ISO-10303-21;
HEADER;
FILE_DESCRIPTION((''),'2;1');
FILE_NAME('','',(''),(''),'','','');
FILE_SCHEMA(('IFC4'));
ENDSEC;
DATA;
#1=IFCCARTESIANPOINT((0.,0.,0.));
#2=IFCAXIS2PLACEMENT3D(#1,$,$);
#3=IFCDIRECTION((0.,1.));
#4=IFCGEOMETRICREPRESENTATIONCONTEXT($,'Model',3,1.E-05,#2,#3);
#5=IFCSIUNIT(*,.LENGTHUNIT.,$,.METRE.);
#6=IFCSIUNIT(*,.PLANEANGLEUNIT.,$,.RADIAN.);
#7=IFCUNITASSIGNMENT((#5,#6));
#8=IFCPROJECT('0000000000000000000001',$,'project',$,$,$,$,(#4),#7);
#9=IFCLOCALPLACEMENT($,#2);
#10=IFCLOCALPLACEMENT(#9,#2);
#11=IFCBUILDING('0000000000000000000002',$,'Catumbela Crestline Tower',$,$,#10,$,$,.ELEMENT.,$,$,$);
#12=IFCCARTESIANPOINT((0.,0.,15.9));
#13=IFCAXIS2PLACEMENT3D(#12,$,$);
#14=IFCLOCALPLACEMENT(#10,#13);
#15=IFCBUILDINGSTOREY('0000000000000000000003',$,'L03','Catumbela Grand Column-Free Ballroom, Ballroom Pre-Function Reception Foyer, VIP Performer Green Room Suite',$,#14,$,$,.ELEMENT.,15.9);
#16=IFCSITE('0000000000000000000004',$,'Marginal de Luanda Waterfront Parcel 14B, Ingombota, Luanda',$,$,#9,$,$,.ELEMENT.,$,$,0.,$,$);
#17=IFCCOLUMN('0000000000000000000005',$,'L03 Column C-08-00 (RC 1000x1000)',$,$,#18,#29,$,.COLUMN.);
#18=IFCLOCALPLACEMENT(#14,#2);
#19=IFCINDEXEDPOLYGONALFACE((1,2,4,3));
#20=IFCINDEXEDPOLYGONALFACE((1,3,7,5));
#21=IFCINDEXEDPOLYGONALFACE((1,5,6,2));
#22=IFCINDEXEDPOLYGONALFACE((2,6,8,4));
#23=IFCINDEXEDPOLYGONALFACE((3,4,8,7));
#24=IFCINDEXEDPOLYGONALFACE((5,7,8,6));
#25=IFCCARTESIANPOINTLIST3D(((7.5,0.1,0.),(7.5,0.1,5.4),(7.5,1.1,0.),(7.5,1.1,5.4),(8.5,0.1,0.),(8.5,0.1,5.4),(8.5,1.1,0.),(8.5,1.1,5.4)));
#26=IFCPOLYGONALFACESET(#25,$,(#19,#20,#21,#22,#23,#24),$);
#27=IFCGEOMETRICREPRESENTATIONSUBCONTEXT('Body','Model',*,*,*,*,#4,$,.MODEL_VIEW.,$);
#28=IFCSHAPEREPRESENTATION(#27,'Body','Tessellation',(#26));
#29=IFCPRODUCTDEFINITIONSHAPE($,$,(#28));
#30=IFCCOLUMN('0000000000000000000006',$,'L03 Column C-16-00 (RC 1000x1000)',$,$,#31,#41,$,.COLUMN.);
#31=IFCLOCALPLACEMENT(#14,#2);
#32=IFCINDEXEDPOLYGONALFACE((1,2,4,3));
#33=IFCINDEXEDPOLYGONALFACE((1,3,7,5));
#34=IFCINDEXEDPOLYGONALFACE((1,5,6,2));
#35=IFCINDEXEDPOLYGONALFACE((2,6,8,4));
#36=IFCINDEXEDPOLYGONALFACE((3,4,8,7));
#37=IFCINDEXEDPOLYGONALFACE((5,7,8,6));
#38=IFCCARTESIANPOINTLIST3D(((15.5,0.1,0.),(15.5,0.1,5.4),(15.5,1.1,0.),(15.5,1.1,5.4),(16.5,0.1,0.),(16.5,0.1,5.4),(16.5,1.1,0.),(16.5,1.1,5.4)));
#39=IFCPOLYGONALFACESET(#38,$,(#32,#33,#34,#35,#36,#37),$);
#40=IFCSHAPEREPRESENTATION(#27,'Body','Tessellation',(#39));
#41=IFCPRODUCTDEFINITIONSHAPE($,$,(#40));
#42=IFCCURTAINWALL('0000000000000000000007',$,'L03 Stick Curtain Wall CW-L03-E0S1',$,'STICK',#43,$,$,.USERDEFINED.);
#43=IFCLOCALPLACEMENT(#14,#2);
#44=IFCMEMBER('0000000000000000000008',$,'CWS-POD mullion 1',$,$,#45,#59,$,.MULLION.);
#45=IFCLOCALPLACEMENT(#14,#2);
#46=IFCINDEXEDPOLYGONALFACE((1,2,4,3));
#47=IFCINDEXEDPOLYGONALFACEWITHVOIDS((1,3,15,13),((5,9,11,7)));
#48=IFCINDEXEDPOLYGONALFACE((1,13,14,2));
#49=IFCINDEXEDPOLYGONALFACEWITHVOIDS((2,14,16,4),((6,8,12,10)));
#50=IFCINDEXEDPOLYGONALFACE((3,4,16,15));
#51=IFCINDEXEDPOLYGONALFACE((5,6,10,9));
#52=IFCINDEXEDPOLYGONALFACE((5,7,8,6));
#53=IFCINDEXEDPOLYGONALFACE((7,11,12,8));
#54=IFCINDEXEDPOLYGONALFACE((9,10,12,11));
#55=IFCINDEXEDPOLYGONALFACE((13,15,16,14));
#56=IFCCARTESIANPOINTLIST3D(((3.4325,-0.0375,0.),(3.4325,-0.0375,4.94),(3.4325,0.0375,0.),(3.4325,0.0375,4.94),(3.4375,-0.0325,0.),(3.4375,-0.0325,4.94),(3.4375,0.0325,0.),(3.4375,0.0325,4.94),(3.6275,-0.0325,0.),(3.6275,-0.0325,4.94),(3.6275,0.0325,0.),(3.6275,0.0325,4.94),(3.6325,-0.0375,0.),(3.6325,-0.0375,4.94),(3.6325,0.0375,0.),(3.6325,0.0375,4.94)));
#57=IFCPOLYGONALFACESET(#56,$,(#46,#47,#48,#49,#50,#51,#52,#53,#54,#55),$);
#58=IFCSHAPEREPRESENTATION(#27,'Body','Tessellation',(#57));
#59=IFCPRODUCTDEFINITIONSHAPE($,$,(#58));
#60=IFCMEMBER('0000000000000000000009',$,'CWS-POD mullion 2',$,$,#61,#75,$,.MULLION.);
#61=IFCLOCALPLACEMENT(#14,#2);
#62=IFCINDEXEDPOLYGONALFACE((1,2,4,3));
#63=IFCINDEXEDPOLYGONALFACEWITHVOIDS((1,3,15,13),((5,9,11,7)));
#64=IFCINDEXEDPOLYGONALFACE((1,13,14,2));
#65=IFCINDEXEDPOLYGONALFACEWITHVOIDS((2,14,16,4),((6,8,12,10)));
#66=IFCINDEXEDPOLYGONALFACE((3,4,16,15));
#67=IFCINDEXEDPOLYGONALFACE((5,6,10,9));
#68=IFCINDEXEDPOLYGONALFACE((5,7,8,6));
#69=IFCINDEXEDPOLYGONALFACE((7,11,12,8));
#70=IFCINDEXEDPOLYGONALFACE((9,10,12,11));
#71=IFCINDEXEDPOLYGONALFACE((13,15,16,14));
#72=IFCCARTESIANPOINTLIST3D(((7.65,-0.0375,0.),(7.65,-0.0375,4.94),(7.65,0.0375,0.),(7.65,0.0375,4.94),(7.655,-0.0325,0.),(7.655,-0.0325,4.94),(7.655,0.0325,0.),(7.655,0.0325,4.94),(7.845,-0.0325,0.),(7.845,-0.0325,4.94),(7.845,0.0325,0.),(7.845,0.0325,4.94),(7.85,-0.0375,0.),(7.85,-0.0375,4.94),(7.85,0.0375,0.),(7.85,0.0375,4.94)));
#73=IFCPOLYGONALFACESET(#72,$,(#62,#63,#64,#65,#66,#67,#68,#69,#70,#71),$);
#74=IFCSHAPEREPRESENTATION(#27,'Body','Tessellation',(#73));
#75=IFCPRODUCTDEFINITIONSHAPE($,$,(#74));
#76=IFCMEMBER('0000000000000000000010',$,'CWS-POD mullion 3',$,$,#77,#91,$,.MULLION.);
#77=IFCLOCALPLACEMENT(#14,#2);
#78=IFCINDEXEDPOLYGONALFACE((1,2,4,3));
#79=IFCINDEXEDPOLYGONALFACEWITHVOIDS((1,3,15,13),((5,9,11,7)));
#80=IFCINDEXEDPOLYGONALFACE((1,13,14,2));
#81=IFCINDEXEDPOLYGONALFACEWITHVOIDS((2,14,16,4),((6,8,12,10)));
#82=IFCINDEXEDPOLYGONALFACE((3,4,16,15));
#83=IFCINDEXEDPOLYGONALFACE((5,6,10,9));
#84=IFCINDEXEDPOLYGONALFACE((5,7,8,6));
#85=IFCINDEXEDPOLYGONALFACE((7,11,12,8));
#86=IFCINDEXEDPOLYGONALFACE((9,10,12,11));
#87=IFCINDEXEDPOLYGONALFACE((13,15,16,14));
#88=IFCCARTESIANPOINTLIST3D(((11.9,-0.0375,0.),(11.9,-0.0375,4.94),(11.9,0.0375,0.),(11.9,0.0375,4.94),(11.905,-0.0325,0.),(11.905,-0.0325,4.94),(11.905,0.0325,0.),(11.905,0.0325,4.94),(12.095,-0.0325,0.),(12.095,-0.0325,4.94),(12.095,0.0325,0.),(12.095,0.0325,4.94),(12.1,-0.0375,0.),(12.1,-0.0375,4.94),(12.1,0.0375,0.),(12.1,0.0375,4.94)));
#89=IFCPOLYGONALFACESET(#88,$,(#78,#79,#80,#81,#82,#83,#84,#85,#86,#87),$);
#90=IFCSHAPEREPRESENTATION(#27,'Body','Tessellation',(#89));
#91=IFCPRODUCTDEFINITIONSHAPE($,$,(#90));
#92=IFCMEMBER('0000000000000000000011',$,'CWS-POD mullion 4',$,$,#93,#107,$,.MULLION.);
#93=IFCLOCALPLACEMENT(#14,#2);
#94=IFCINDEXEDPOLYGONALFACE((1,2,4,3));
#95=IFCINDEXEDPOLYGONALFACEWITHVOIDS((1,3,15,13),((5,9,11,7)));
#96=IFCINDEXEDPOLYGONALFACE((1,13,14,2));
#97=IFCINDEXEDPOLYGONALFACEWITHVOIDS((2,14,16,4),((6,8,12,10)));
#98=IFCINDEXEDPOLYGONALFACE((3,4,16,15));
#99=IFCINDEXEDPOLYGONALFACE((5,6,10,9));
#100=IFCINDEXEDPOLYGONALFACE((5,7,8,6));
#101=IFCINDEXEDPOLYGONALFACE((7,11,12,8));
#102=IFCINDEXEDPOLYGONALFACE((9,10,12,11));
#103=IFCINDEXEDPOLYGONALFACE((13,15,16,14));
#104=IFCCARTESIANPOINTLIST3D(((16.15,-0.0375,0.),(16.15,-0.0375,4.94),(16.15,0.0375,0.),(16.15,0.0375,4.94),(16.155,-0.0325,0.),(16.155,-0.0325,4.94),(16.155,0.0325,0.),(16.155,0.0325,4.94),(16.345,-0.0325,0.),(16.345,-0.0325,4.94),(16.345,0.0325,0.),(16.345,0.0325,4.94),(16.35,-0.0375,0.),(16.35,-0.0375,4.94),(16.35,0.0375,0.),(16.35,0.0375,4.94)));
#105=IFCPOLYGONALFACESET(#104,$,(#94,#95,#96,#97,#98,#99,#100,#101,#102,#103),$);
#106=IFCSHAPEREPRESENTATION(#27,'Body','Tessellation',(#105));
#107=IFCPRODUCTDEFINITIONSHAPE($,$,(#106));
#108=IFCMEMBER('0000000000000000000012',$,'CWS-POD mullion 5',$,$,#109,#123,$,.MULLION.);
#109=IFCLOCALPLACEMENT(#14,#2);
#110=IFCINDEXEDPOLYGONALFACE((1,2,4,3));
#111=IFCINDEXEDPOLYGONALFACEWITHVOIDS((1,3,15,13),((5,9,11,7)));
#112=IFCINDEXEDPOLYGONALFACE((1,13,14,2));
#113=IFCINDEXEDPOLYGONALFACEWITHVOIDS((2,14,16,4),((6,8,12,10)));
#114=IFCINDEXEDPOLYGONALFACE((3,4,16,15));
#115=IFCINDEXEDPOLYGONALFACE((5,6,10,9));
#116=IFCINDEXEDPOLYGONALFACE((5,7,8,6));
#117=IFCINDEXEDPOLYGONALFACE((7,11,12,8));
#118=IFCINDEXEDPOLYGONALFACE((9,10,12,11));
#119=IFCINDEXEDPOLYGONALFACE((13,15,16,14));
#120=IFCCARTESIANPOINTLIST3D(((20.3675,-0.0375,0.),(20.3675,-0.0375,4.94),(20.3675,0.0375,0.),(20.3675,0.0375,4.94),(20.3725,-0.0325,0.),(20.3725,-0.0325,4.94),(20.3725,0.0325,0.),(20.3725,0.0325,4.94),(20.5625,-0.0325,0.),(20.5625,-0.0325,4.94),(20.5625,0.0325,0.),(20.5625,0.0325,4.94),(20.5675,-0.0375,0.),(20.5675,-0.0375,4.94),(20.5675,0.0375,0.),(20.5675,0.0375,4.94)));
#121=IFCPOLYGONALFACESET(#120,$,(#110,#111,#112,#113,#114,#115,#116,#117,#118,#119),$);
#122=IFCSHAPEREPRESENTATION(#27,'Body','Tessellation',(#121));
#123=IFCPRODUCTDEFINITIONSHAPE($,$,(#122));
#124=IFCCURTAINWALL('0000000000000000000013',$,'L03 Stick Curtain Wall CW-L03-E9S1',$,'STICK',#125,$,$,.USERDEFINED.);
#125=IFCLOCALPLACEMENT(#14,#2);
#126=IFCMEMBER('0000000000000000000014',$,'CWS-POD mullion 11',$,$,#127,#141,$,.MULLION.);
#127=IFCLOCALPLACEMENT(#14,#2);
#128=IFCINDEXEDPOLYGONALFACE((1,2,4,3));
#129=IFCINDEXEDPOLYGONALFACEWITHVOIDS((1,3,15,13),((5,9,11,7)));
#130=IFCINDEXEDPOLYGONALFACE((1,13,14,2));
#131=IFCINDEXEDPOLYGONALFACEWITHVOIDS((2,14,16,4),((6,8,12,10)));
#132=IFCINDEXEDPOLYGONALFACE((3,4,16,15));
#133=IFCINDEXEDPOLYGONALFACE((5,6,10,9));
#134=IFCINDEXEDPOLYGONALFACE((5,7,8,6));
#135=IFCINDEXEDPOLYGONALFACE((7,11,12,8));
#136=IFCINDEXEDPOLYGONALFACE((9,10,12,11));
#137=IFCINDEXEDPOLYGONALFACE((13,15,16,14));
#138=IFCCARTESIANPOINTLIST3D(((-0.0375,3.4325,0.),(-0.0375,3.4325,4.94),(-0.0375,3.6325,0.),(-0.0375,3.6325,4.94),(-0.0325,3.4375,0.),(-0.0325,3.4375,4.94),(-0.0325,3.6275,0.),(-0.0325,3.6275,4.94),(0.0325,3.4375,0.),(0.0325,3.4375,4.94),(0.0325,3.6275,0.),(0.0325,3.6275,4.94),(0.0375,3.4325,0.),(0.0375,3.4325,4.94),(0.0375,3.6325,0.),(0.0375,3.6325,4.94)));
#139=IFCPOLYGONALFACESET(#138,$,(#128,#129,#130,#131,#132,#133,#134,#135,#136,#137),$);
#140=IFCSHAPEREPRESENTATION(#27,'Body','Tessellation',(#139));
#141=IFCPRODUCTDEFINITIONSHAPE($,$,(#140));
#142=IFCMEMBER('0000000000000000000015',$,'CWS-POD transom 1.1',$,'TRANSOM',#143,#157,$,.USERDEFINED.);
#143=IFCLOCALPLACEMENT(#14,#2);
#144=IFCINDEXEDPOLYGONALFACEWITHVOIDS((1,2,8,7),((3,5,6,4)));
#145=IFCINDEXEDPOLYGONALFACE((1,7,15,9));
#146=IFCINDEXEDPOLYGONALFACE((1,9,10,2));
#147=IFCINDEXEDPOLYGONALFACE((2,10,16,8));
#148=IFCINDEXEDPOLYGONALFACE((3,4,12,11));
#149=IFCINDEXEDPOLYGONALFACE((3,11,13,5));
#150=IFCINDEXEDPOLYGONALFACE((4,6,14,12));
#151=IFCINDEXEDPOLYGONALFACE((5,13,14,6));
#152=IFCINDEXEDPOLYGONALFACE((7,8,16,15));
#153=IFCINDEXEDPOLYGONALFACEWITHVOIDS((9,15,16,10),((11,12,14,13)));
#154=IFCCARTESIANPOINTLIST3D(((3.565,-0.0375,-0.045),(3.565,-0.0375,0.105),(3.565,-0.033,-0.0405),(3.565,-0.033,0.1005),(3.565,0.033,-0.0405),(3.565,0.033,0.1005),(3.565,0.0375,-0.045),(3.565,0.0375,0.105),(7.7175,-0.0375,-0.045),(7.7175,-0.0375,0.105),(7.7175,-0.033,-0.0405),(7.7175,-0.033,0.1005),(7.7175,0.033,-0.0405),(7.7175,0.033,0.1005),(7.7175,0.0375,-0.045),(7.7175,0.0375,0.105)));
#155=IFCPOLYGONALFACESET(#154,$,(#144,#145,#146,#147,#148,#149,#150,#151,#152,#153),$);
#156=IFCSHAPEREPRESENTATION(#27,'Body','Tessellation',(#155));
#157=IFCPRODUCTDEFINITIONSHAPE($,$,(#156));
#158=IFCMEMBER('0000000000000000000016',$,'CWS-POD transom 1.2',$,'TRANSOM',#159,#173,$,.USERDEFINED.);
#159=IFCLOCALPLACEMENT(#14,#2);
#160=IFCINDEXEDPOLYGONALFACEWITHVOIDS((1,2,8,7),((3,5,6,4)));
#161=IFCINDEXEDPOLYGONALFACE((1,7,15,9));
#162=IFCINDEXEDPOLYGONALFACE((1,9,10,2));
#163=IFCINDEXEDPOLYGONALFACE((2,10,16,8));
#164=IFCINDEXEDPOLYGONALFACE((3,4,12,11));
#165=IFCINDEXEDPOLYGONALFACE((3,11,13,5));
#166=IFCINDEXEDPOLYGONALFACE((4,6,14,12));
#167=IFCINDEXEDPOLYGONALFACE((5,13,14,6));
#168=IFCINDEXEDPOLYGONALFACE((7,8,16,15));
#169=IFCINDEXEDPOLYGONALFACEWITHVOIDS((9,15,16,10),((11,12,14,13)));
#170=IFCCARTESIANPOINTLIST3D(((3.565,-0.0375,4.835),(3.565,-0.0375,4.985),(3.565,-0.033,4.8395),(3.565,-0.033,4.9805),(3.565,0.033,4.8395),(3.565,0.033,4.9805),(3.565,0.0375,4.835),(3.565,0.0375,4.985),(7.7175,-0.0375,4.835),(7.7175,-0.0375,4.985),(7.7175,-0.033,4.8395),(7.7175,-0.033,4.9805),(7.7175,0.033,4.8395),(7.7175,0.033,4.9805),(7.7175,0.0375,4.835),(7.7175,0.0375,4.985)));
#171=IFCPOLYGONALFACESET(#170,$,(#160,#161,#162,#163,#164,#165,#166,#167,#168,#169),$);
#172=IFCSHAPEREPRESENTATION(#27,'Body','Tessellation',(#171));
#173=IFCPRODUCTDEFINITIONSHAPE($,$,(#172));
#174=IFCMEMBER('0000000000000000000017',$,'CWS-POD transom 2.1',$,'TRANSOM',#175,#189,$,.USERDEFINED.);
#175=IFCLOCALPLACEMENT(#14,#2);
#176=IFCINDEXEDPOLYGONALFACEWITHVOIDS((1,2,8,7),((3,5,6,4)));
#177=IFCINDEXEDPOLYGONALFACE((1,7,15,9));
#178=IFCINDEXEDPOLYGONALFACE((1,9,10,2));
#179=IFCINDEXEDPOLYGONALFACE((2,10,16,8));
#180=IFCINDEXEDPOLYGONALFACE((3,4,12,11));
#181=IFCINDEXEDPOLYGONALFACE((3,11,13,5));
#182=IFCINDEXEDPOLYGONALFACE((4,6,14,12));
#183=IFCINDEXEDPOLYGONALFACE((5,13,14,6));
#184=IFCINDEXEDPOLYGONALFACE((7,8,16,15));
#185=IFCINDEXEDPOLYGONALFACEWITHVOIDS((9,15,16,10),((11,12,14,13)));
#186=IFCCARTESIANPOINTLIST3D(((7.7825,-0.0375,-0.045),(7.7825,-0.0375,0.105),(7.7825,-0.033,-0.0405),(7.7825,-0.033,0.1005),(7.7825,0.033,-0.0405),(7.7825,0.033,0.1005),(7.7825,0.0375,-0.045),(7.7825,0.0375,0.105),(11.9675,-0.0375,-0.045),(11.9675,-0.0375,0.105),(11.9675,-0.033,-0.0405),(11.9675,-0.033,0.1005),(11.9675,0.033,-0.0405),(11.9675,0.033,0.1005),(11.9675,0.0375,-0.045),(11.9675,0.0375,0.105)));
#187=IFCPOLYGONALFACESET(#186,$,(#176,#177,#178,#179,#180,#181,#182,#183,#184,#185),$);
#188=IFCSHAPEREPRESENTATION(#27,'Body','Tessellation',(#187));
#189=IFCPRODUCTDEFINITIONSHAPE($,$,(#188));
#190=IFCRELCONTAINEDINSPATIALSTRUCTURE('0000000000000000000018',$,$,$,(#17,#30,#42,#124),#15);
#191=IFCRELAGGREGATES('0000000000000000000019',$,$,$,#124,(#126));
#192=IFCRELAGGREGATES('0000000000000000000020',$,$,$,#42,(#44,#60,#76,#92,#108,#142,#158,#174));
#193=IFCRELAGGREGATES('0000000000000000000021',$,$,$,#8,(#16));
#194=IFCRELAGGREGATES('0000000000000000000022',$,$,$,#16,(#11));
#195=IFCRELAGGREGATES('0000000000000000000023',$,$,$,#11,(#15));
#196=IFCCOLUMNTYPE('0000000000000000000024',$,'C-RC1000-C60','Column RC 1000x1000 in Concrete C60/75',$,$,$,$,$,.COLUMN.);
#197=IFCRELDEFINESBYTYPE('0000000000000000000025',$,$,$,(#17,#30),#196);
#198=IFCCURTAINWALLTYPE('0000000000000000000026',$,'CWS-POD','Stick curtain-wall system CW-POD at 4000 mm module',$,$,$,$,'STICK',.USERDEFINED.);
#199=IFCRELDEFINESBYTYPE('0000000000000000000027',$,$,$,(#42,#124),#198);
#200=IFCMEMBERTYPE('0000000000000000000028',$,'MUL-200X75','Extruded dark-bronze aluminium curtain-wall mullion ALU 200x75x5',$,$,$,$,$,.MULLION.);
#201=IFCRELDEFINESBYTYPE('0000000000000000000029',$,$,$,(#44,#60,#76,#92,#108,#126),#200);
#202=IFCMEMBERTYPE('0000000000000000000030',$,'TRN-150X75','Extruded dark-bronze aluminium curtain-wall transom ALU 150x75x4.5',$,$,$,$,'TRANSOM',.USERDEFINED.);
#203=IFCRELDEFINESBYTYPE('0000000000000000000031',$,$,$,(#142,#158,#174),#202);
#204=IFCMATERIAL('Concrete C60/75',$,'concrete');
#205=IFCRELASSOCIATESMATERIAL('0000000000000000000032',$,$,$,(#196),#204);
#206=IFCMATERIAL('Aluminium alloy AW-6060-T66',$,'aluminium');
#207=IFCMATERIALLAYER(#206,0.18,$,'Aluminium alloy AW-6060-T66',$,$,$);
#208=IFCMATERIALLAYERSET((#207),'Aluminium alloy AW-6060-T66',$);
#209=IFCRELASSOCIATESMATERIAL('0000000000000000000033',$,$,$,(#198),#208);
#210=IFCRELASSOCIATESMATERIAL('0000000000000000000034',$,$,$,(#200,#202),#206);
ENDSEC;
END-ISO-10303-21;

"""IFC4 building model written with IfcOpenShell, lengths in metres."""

from ifc_helpers import new_model, si_unit, direction, frame, origin, origin_2d, place, context, subcontext, project, spatial, rectangle, hollow_rectangle, extrude, material, layer, layer_set, material_profile, profile_set, type_object, element, aggregate, save


model = new_model("IFC4")

# Units and contexts
model_context = context("Model", 3, precision=1e-05, world=origin(), true_north=direction((0.0, 1.0)))
body_context = subcontext(model_context, "Body", "Model", "MODEL_VIEW")
ifc_project = project(units=[si_unit("LENGTHUNIT", "METRE"), si_unit("PLANEANGLEUNIT", "RADIAN")], contexts=[model_context])

# Site, building, storey
site_placement = place(None, origin())
site = spatial("IfcSite", under=ifc_project, at=site_placement, Name="Marginal de Luanda Waterfront Parcel 14B, Ingombota, Luanda", CompositionType="ELEMENT", RefElevation=0.0)
building_placement = place(site_placement, origin())
building = spatial("IfcBuilding", under=site, at=building_placement, Name="Catumbela Crestline Tower", CompositionType="ELEMENT")
storey_placement = place(building_placement, frame((0.0, 0.0, 15.9)))
storey = spatial("IfcBuildingStorey", under=building, at=storey_placement, Name="L03", Description="Catumbela Grand Column-Free Ballroom, Ballroom Pre-Function Reception Foyer, VIP Performer Green Room Suite", CompositionType="ELEMENT", Elevation=15.9)

# Columns
ifc_material_1 = material(Name="Concrete C60/75", Category="concrete")
ifc_material_profile_1 = material_profile(ifc_material_1, rectangle(XDim=1.0, YDim=1.0, at=origin_2d()), Name="RC 1000x1000")
ifc_profile_set_1 = profile_set([ifc_material_profile_1], Name="Concrete C60/75")
column_type = type_object("IfcColumnType", Name="C-RC1000-C60", Description="Column RC 1000x1000 in Concrete C60/75", PredefinedType="COLUMN", material=ifc_profile_set_1)
for number, where, z_axis, x_axis, name in (
    (1, (8.0, 0.6, 0.0), (0.0, 0.0, 1.0), (1.0, 0.0, 0.0), "L03 Column C-08-00 (RC 1000x1000)"),
    (2, (16.0, 0.6, 0.0), (0.0, 0.0, 1.0), (1.0, 0.0, 0.0), "L03 Column C-16-00 (RC 1000x1000)"),
):
    element("IfcColumn", number, at=place(storey_placement, frame(where, z_axis=z_axis, x_axis=x_axis)), inside=storey, type_object=column_type, Name=name, PredefinedType="COLUMN", context=body_context, shape_type="SweptSolid", body=[
        extrude(rectangle(XDim=1.0, YDim=1.0, at=origin_2d()), origin(), (0.0, 0.0, 1.0), 5.4),
    ])

# Curtain wall, members
ifc_material_2 = material(Name="Aluminium alloy AW-6060-T66", Category="aluminium")
ifc_layer_1 = layer(ifc_material_2, 0.18, Name="Aluminium alloy AW-6060-T66")
ifc_layer_set_1 = layer_set([ifc_layer_1], Name="Aluminium alloy AW-6060-T66")
curtain_wall_type = type_object("IfcCurtainWallType", Name="CWS-POD", Description="Stick curtain-wall system CW-POD at 4000 mm module", ElementType="STICK", PredefinedType="USERDEFINED", material=ifc_layer_set_1)
curtain_wall_1_placement = place(storey_placement, origin())
curtain_wall_1 = element("IfcCurtainWall", 3, at=curtain_wall_1_placement, inside=storey, type_object=curtain_wall_type, Name="L03 Stick Curtain Wall CW-L03-E0S1", ObjectType="STICK", PredefinedType="USERDEFINED")
ifc_material_profile_2 = material_profile(ifc_material_2, hollow_rectangle(XDim=0.075, YDim=0.2, WallThickness=0.005, at=origin_2d()), Name="ALU 200x75x5")
ifc_profile_set_2 = profile_set([ifc_material_profile_2], Name="Aluminium alloy AW-6060-T66")
member_type_1 = type_object("IfcMemberType", Name="MUL-200X75", Description="Extruded dark-bronze aluminium curtain-wall mullion ALU 200x75x5", PredefinedType="MULLION", material=ifc_profile_set_2)
member_1_placement = place(storey_placement, frame((3.5325, 0.0, 0.0), z_axis=(0.0, 0.0, 1.0), x_axis=(0.0, 1.0, 0.0)))
member_1 = element("IfcMember", 4, at=member_1_placement, type_object=member_type_1, Name="CWS-POD mullion 1", PredefinedType="MULLION", context=body_context, shape_type="SweptSolid", body=[
    extrude(hollow_rectangle(XDim=0.075, YDim=0.2, WallThickness=0.005, at=origin_2d()), origin(), (0.0, 0.0, 1.0), 4.94),
])
member_2_placement = place(storey_placement, frame((7.75, 0.0, 0.0), z_axis=(0.0, 0.0, 1.0), x_axis=(0.0, 1.0, 0.0)))
member_2 = element("IfcMember", 5, at=member_2_placement, type_object=member_type_1, Name="CWS-POD mullion 2", PredefinedType="MULLION", context=body_context, shape_type="SweptSolid", body=[
    extrude(hollow_rectangle(XDim=0.075, YDim=0.2, WallThickness=0.005, at=origin_2d()), origin(), (0.0, 0.0, 1.0), 4.94),
])
member_3_placement = place(storey_placement, frame((12.0, 0.0, 0.0), z_axis=(0.0, 0.0, 1.0), x_axis=(0.0, 1.0, 0.0)))
member_3 = element("IfcMember", 6, at=member_3_placement, type_object=member_type_1, Name="CWS-POD mullion 3", PredefinedType="MULLION", context=body_context, shape_type="SweptSolid", body=[
    extrude(hollow_rectangle(XDim=0.075, YDim=0.2, WallThickness=0.005, at=origin_2d()), origin(), (0.0, 0.0, 1.0), 4.94),
])
member_4_placement = place(storey_placement, frame((16.25, 0.0, 0.0), z_axis=(0.0, 0.0, 1.0), x_axis=(0.0, 1.0, 0.0)))
member_4 = element("IfcMember", 7, at=member_4_placement, type_object=member_type_1, Name="CWS-POD mullion 4", PredefinedType="MULLION", context=body_context, shape_type="SweptSolid", body=[
    extrude(hollow_rectangle(XDim=0.075, YDim=0.2, WallThickness=0.005, at=origin_2d()), origin(), (0.0, 0.0, 1.0), 4.94),
])
member_5_placement = place(storey_placement, frame((20.4675, 0.0, 0.0), z_axis=(0.0, 0.0, 1.0), x_axis=(0.0, 1.0, 0.0)))
member_5 = element("IfcMember", 8, at=member_5_placement, type_object=member_type_1, Name="CWS-POD mullion 5", PredefinedType="MULLION", context=body_context, shape_type="SweptSolid", body=[
    extrude(hollow_rectangle(XDim=0.075, YDim=0.2, WallThickness=0.005, at=origin_2d()), origin(), (0.0, 0.0, 1.0), 4.94),
])

# Curtain wall, member
curtain_wall_2_placement = place(storey_placement, origin())
curtain_wall_2 = element("IfcCurtainWall", 9, at=curtain_wall_2_placement, inside=storey, type_object=curtain_wall_type, Name="L03 Stick Curtain Wall CW-L03-E9S1", ObjectType="STICK", PredefinedType="USERDEFINED")
member_6_placement = place(storey_placement, frame((0.0, 3.5325, 0.0), z_axis=(0.0, 0.0, 1.0), x_axis=(1.0, 0.0, 0.0)))
member_6 = element("IfcMember", 10, at=member_6_placement, type_object=member_type_1, Name="CWS-POD mullion 11", PredefinedType="MULLION", context=body_context, shape_type="SweptSolid", body=[
    extrude(hollow_rectangle(XDim=0.075, YDim=0.2, WallThickness=0.005, at=origin_2d()), origin(), (0.0, 0.0, 1.0), 4.94),
])
aggregate(curtain_wall_2, [member_6])

# Members
ifc_material_profile_3 = material_profile(ifc_material_2, hollow_rectangle(XDim=0.075, YDim=0.15, WallThickness=0.0045, at=origin_2d()), Name="ALU 150x75x4.5")
ifc_profile_set_3 = profile_set([ifc_material_profile_3], Name="Aluminium alloy AW-6060-T66")
member_type_2 = type_object("IfcMemberType", Name="TRN-150X75", Description="Extruded dark-bronze aluminium curtain-wall transom ALU 150x75x4.5", ElementType="TRANSOM", PredefinedType="USERDEFINED", material=ifc_profile_set_3)
member_7_placement = place(storey_placement, frame((3.565, 0.0, 0.03), z_axis=(1.0, 0.0, 0.0), x_axis=(0.0, 1.0, 0.0)))
member_7 = element("IfcMember", 11, at=member_7_placement, type_object=member_type_2, Name="CWS-POD transom 1.1", ObjectType="TRANSOM", PredefinedType="USERDEFINED", context=body_context, shape_type="SweptSolid", body=[
    extrude(hollow_rectangle(XDim=0.075, YDim=0.15, WallThickness=0.0045, at=origin_2d()), origin(), (0.0, 0.0, 1.0), 4.1525),
])
member_8_placement = place(storey_placement, frame((3.565, 0.0, 4.91), z_axis=(1.0, 0.0, 0.0), x_axis=(0.0, 1.0, 0.0)))
member_8 = element("IfcMember", 12, at=member_8_placement, type_object=member_type_2, Name="CWS-POD transom 1.2", ObjectType="TRANSOM", PredefinedType="USERDEFINED", context=body_context, shape_type="SweptSolid", body=[
    extrude(hollow_rectangle(XDim=0.075, YDim=0.15, WallThickness=0.0045, at=origin_2d()), origin(), (0.0, 0.0, 1.0), 4.1525),
])
member_9_placement = place(storey_placement, frame((7.7825, 0.0, 0.03), z_axis=(1.0, 0.0, 0.0), x_axis=(0.0, 1.0, 0.0)))
member_9 = element("IfcMember", 13, at=member_9_placement, type_object=member_type_2, Name="CWS-POD transom 2.1", ObjectType="TRANSOM", PredefinedType="USERDEFINED", context=body_context, shape_type="SweptSolid", body=[
    extrude(hollow_rectangle(XDim=0.075, YDim=0.15, WallThickness=0.0045, at=origin_2d()), origin(), (0.0, 0.0, 1.0), 4.185),
])

aggregate(curtain_wall_1, [member_1, member_2, member_3, member_4, member_5, member_7, member_8, member_9])

save(model, "model.ifc")
